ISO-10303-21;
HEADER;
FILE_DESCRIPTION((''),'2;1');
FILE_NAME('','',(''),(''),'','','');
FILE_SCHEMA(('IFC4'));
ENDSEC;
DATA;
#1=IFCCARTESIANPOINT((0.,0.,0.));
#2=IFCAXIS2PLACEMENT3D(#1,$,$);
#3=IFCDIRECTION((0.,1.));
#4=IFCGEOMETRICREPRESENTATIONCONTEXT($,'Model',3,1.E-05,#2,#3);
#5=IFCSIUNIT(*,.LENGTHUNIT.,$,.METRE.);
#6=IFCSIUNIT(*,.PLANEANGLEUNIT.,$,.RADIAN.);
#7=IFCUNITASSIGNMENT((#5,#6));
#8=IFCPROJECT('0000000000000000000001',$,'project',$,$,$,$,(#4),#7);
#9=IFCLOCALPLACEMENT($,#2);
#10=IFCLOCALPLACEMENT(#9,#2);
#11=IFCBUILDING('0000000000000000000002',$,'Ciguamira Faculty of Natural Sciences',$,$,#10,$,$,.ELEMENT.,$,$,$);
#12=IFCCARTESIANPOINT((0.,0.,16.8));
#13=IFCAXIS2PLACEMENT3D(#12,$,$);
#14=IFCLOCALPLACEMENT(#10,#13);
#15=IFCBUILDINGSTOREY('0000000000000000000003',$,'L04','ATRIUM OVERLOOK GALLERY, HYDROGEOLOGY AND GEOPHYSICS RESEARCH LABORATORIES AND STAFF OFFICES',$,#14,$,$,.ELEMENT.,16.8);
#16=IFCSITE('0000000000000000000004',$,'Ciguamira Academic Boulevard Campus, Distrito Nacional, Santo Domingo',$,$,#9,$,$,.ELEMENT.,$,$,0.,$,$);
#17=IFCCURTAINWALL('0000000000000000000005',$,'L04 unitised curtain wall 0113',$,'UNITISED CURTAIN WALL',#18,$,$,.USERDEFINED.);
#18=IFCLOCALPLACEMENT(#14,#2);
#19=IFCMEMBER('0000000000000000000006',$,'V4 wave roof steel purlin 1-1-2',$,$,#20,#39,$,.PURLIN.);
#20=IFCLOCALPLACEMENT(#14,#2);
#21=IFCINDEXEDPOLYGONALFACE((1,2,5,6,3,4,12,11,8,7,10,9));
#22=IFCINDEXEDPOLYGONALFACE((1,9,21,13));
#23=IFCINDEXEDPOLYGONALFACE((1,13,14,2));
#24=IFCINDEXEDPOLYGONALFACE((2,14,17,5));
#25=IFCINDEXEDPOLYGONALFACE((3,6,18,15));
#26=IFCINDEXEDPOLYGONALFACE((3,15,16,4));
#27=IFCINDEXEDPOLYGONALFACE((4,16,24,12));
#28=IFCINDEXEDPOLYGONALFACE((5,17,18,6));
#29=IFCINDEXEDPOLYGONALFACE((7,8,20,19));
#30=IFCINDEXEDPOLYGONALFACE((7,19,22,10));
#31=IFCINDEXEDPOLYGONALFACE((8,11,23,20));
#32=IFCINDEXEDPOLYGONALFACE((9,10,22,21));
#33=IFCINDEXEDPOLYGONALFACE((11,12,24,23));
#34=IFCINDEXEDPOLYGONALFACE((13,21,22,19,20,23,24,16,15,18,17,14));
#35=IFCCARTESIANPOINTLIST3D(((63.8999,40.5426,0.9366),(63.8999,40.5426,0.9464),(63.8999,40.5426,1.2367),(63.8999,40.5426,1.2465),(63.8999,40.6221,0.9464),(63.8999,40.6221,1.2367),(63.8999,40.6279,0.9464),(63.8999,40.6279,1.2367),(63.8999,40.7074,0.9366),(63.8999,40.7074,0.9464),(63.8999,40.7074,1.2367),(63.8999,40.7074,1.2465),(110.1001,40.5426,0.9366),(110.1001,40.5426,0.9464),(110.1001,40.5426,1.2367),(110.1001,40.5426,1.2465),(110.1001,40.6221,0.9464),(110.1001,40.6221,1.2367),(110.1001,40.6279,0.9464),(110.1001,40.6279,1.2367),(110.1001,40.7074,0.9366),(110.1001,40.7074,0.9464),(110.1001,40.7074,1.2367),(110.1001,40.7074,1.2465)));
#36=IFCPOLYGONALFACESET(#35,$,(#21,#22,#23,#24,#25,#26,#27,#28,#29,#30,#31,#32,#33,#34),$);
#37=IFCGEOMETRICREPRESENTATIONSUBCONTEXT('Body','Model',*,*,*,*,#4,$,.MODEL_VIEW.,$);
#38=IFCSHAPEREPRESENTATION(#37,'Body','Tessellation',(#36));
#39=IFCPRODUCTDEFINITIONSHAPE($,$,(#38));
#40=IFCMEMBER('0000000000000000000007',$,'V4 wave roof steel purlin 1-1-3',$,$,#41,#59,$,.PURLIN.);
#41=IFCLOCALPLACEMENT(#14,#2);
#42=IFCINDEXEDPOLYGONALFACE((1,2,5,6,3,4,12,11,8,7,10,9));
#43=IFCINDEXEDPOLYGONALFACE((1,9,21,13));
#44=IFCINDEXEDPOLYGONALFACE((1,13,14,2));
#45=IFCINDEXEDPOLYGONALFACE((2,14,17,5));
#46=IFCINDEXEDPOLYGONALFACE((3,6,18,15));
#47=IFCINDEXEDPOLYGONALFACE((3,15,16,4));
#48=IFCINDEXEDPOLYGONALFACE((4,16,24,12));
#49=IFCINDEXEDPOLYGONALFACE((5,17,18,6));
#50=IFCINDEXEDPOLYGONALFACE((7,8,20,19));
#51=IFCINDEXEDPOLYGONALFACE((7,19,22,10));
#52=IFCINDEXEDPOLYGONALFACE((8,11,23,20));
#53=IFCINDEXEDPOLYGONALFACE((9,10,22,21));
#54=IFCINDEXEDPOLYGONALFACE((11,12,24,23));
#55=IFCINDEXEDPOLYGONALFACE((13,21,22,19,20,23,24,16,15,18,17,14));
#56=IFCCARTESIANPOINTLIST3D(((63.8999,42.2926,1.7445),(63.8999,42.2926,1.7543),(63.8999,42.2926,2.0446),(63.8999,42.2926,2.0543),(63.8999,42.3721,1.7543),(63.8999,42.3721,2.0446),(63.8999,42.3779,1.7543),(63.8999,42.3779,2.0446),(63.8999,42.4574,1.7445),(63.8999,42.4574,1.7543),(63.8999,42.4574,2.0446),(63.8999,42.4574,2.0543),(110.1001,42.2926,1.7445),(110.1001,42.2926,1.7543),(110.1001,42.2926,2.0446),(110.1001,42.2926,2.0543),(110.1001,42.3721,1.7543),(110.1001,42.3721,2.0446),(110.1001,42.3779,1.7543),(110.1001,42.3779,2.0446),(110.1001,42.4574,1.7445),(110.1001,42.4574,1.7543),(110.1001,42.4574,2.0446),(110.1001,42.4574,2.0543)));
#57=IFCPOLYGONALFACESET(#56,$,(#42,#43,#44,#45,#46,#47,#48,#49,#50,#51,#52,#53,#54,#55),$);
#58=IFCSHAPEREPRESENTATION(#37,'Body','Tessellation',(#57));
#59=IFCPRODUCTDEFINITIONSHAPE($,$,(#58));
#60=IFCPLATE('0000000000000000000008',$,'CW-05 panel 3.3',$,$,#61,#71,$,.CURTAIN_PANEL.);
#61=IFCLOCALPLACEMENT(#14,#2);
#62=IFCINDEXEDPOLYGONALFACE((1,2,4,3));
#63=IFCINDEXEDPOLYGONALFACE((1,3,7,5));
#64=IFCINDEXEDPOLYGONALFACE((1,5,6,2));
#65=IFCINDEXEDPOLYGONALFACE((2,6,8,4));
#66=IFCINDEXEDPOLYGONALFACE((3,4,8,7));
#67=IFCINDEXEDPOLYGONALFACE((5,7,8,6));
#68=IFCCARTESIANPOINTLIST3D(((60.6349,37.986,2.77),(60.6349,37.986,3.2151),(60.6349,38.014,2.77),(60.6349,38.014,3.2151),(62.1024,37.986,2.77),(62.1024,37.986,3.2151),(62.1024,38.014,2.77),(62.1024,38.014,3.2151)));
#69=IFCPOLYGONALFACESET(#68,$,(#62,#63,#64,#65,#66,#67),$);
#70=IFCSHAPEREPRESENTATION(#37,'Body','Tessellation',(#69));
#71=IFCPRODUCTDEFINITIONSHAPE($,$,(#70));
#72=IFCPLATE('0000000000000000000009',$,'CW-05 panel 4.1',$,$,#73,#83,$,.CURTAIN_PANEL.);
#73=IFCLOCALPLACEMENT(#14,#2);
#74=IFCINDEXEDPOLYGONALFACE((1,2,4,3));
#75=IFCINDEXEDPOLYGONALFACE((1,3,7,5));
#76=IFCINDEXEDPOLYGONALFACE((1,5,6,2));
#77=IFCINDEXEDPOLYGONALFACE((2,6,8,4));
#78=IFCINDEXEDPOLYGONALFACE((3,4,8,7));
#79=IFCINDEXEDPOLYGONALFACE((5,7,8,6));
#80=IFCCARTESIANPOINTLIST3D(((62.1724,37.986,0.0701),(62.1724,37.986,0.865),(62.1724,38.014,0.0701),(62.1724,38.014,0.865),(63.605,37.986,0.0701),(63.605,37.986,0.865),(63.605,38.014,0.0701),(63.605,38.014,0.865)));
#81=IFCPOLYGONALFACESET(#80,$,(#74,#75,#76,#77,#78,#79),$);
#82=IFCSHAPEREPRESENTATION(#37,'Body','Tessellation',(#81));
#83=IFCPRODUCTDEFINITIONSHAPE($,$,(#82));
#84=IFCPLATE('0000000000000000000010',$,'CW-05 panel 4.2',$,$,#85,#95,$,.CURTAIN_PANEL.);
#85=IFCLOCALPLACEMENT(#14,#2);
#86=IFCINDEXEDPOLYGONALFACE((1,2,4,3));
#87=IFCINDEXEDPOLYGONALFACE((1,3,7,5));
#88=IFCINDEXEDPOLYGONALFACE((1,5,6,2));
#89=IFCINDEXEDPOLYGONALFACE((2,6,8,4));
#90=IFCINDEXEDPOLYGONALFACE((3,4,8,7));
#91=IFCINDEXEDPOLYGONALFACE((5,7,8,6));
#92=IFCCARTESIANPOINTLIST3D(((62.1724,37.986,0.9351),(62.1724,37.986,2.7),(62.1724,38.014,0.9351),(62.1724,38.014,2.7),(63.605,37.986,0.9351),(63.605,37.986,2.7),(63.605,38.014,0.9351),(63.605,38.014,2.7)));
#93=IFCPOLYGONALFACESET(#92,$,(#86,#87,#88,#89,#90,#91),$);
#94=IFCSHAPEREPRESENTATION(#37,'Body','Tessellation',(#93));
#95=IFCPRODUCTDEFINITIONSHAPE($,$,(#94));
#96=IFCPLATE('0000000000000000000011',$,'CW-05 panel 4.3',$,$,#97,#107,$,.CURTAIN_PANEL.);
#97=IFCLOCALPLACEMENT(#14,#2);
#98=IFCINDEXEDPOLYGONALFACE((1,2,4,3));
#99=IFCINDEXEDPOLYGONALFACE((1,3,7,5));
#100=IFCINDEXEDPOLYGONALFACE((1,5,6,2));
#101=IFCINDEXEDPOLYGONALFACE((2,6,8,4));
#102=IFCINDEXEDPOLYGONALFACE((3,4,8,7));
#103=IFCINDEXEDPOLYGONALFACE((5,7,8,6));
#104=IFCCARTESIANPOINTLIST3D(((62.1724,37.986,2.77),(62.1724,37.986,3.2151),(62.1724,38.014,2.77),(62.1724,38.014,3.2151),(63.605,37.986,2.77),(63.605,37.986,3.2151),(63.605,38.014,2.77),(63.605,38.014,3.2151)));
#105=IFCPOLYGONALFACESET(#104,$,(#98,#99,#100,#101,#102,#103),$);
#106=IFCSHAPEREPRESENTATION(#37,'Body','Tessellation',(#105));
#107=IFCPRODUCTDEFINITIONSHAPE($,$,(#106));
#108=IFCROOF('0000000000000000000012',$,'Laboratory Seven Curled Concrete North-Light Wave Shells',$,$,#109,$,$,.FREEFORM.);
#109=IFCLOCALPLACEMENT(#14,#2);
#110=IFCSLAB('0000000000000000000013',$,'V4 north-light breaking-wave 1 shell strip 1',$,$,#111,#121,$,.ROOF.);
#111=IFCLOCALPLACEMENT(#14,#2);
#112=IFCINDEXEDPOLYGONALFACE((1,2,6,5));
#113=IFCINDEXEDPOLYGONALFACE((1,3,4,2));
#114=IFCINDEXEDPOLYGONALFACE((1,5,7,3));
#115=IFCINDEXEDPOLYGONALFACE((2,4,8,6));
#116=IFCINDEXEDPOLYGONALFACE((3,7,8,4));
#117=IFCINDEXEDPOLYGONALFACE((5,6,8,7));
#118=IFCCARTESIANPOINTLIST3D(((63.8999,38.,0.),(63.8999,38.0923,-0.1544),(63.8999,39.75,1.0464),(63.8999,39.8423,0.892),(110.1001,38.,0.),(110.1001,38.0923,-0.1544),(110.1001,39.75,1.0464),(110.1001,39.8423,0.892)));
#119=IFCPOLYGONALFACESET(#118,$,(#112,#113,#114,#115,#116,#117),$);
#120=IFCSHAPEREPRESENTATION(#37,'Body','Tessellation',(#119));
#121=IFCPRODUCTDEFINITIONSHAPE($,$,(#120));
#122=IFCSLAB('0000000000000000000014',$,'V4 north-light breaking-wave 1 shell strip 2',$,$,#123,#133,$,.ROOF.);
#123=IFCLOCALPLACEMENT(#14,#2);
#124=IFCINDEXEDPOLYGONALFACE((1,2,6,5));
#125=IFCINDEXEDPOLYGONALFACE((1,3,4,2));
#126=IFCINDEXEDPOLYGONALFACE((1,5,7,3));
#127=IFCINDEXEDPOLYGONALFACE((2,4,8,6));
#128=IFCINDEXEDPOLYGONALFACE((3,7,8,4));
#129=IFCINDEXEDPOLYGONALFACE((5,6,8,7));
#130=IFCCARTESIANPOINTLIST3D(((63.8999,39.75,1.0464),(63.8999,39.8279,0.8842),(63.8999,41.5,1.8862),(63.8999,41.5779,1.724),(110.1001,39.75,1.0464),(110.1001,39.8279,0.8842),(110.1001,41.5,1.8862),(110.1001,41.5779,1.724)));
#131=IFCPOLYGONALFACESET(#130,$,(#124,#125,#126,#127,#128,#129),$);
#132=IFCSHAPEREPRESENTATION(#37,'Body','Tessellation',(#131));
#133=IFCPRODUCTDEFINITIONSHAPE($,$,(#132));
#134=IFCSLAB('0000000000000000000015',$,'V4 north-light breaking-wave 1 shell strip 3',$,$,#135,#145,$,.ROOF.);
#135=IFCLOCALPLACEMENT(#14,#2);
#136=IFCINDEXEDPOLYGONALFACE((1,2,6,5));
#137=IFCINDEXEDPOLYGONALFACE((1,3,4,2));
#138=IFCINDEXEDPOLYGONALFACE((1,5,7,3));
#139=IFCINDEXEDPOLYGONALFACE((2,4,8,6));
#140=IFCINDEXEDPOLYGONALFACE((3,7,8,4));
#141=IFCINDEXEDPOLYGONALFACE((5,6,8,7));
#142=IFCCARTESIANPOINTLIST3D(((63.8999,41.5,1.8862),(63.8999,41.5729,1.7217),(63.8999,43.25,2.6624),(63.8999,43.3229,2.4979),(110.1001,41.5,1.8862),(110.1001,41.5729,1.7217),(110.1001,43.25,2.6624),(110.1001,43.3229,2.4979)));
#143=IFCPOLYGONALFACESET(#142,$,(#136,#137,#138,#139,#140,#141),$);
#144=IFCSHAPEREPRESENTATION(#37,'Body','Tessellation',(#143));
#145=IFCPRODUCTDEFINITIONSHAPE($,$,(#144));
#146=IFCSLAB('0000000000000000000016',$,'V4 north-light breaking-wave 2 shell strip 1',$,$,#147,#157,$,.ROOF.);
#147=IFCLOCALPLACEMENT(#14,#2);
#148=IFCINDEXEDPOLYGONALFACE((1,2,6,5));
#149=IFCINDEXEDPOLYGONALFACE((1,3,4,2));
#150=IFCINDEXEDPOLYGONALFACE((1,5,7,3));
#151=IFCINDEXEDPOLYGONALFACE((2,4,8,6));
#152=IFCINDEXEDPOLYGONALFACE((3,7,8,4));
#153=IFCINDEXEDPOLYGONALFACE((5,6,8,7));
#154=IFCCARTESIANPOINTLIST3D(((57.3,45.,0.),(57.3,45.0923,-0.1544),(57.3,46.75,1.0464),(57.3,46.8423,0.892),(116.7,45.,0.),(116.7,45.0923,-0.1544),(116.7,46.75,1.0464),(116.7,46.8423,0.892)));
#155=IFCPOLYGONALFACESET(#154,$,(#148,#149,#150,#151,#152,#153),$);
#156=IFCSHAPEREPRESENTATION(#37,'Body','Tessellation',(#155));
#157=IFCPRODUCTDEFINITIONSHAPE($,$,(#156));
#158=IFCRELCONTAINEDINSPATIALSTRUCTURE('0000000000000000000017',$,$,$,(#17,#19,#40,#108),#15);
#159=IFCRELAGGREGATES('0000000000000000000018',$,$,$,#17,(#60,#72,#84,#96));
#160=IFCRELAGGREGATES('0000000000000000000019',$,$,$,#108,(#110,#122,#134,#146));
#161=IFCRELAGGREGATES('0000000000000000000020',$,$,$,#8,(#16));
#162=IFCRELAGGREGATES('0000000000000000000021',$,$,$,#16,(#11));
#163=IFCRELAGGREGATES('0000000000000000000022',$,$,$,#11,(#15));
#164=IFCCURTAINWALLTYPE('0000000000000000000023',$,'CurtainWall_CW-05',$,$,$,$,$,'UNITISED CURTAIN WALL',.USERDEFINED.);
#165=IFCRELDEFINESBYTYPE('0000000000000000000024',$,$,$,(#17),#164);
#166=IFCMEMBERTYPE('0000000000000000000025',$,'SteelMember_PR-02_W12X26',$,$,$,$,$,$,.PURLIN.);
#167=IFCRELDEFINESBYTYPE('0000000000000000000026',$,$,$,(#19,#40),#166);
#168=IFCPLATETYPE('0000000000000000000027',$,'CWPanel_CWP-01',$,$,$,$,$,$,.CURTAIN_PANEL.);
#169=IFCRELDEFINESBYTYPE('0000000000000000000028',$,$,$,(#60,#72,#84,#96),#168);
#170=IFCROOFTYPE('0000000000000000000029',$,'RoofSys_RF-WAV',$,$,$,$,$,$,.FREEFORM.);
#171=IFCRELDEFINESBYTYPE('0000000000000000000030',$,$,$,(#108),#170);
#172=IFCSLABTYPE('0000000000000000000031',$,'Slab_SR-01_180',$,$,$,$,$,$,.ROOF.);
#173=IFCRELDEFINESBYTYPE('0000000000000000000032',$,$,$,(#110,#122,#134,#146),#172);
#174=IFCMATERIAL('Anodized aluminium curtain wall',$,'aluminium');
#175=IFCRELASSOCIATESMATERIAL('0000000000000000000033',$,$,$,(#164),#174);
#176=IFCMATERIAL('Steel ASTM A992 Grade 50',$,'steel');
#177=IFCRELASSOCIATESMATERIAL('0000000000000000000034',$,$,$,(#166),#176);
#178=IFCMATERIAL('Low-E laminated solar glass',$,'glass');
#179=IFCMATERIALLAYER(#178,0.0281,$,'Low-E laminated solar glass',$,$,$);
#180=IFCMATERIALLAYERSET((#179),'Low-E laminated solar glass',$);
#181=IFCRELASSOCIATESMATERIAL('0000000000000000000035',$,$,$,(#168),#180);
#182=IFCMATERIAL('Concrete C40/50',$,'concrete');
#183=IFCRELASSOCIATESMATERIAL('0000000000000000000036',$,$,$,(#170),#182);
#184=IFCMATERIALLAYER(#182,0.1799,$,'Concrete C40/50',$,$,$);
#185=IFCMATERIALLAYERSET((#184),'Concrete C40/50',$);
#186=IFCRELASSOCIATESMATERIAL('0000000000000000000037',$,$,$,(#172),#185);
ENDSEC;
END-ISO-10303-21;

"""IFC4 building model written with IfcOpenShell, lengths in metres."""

from ifc_helpers import new_model, si_unit, direction, frame, origin, origin_2d, place, context, subcontext, project, spatial, polyline, rectangle, i_section, outline, extrude, material, layer, layer_set, material_profile, profile_set, type_object, element, aggregate, save


model = new_model("IFC4")

# Units and contexts
model_context = context("Model", 3, precision=1e-05, world=origin(), true_north=direction((0.0, 1.0)))
body_context = subcontext(model_context, "Body", "Model", "MODEL_VIEW")
ifc_project = project(units=[si_unit("LENGTHUNIT", "METRE"), si_unit("PLANEANGLEUNIT", "RADIAN")], contexts=[model_context])

# Site, building, storey
site_placement = place(None, origin())
site = spatial("IfcSite", under=ifc_project, at=site_placement, Name="Ciguamira Academic Boulevard Campus, Distrito Nacional, Santo Domingo", CompositionType="ELEMENT", RefElevation=0.0)
building_placement = place(site_placement, origin())
building = spatial("IfcBuilding", under=site, at=building_placement, Name="Ciguamira Faculty of Natural Sciences", CompositionType="ELEMENT")
storey_placement = place(building_placement, frame((0.0, 0.0, 16.8)))
storey = spatial("IfcBuildingStorey", under=building, at=storey_placement, Name="L04", Description="ATRIUM OVERLOOK GALLERY, HYDROGEOLOGY AND GEOPHYSICS RESEARCH LABORATORIES AND STAFF OFFICES", CompositionType="ELEMENT", Elevation=16.8)

# Shared definitions
ifc_material_1 = material(Name="Concrete C40/50", Category="concrete")

# Curtain wall
ifc_material_2 = material(Name="Anodized aluminium curtain wall", Category="aluminium")
curtain_wall_type = type_object("IfcCurtainWallType", Name="CurtainWall_CW-05", ElementType="UNITISED CURTAIN WALL", PredefinedType="USERDEFINED", material=ifc_material_2)
curtain_wall_placement = place(storey_placement, origin())
curtain_wall = element("IfcCurtainWall", 1, at=curtain_wall_placement, inside=storey, type_object=curtain_wall_type, Name="L04 unitised curtain wall 0113", ObjectType="UNITISED CURTAIN WALL", PredefinedType="USERDEFINED")

# Members
ifc_material_3 = material(Name="Steel ASTM A992 Grade 50", Category="steel")
ifc_material_profile_1 = material_profile(ifc_material_3, i_section(OverallWidth=0.1648, OverallDepth=0.3098, WebThickness=0.0059, FlangeThickness=0.0098, at=origin_2d()), Name="W12X26")
ifc_profile_set_1 = profile_set([ifc_material_profile_1], Name="Steel ASTM A992 Grade 50")
member_type_1 = type_object("IfcMemberType", Name="SteelMember_PR-02_W12X26", PredefinedType="PURLIN", material=ifc_profile_set_1)
for number, where, z_axis, x_axis, name in (
    (2, (63.8999, 40.625, 1.0916), (1.0, 0.0, 0.0), (0.0, 1.0, 0.0), "V4 wave roof steel purlin 1-1-2"),
    (3, (63.8999, 42.375, 1.8994), (1.0, 0.0, 0.0), (0.0, 1.0, 0.0), "V4 wave roof steel purlin 1-1-3"),
):
    element("IfcMember", number, at=place(storey_placement, frame(where, z_axis=z_axis, x_axis=x_axis)), inside=storey, type_object=member_type_1, Name=name, PredefinedType="PURLIN", context=body_context, shape_type="SweptSolid", body=[
        extrude(i_section(OverallWidth=0.1648, OverallDepth=0.3098, WebThickness=0.0059, FlangeThickness=0.0098, at=origin_2d()), origin(), (0.0, 0.0, 1.0), 46.2002),
    ])

# Plates
ifc_material_4 = material(Name="Low-E laminated solar glass", Category="glass")
ifc_layer_1 = layer(ifc_material_4, 0.0281, Name="Low-E laminated solar glass")
ifc_layer_set_1 = layer_set([ifc_layer_1], Name="Low-E laminated solar glass")
plate_type = type_object("IfcPlateType", Name="CWPanel_CWP-01", PredefinedType="CURTAIN_PANEL", material=ifc_layer_set_1)
plate_1_placement = place(storey_placement, frame((61.3687, 38.0, 2.77), z_axis=(0.0, 0.0, 1.0), x_axis=(1.0, 0.0, 0.0)))
plate_1 = element("IfcPlate", 4, at=plate_1_placement, type_object=plate_type, Name="CW-05 panel 3.3", PredefinedType="CURTAIN_PANEL", context=body_context, shape_type="SweptSolid", body=[
    extrude(rectangle(XDim=1.4675, YDim=0.0281, at=origin_2d()), origin(), (0.0, 0.0, 1.0), 0.4451),
])
plate_2_placement = place(storey_placement, frame((62.8887, 38.0, 0.0701), z_axis=(0.0, 0.0, 1.0), x_axis=(1.0, 0.0, 0.0)))
plate_2 = element("IfcPlate", 5, at=plate_2_placement, type_object=plate_type, Name="CW-05 panel 4.1", PredefinedType="CURTAIN_PANEL", context=body_context, shape_type="SweptSolid", body=[
    extrude(rectangle(XDim=1.4326, YDim=0.0281, at=origin_2d()), origin(), (0.0, 0.0, 1.0), 0.7949),
])
plate_3_placement = place(storey_placement, frame((62.8887, 38.0, 0.9351), z_axis=(0.0, 0.0, 1.0), x_axis=(1.0, 0.0, 0.0)))
plate_3 = element("IfcPlate", 6, at=plate_3_placement, type_object=plate_type, Name="CW-05 panel 4.2", PredefinedType="CURTAIN_PANEL", context=body_context, shape_type="SweptSolid", body=[
    extrude(rectangle(XDim=1.4326, YDim=0.0281, at=origin_2d()), origin(), (0.0, 0.0, 1.0), 1.7649),
])
plate_4_placement = place(storey_placement, frame((62.8887, 38.0, 2.77), z_axis=(0.0, 0.0, 1.0), x_axis=(1.0, 0.0, 0.0)))
plate_4 = element("IfcPlate", 7, at=plate_4_placement, type_object=plate_type, Name="CW-05 panel 4.3", PredefinedType="CURTAIN_PANEL", context=body_context, shape_type="SweptSolid", body=[
    extrude(rectangle(XDim=1.4326, YDim=0.0281, at=origin_2d()), origin(), (0.0, 0.0, 1.0), 0.4451),
])
aggregate(curtain_wall, [plate_1, plate_2, plate_3, plate_4])

# Roof, slabs
roof_type = type_object("IfcRoofType", Name="RoofSys_RF-WAV", PredefinedType="FREEFORM", material=ifc_material_1)
roof_placement = place(storey_placement, origin())
roof = element("IfcRoof", 8, at=roof_placement, inside=storey, type_object=roof_type, Name="Laboratory Seven Curled Concrete North-Light Wave Shells", PredefinedType="FREEFORM")
ifc_layer_2 = layer(ifc_material_1, 0.1799, Name="Concrete C40/50")
ifc_layer_set_2 = layer_set([ifc_layer_2], Name="Concrete C40/50")
slab_type = type_object("IfcSlabType", Name="Slab_SR-01_180", PredefinedType="ROOF", material=ifc_layer_set_2)
slab_1_placement = place(storey_placement, frame((63.8999, 38.0, 0.0), z_axis=(0.0, -0.513192, 0.858274), x_axis=(1.0, 0.0, 0.0)))
slab_1 = element("IfcSlab", 9, at=slab_1_placement, type_object=slab_type, Name="V4 north-light breaking-wave 1 shell strip 1", PredefinedType="ROOF", context=body_context, shape_type="SweptSolid", body=[
    extrude(outline(polyline([(0.0, 0.0), (46.2002, 0.0), (46.2002, 2.039), (0.0, 2.039), (0.0, 0.0)])), origin(), (0.0, 0.0, -1.0), 0.1799),
])
slab_2_placement = place(storey_placement, frame((63.8999, 39.75, 1.0464), z_axis=(0.0, -0.432666, 0.901554), x_axis=(1.0, 0.0, 0.0)))
slab_2 = element("IfcSlab", 10, at=slab_2_placement, type_object=slab_type, Name="V4 north-light breaking-wave 1 shell strip 2", PredefinedType="ROOF", context=body_context, shape_type="SweptSolid", body=[
    extrude(outline(polyline([(0.0, 0.0), (46.2002, 0.0), (46.2002, 1.9411), (0.0, 1.9411), (0.0, 0.0)])), origin(), (0.0, 0.0, -1.0), 0.1799),
])
slab_3_placement = place(storey_placement, frame((63.8999, 41.5, 1.8862), z_axis=(0.0, -0.405417, 0.914132), x_axis=(1.0, 0.0, 0.0)))
slab_3 = element("IfcSlab", 11, at=slab_3_placement, type_object=slab_type, Name="V4 north-light breaking-wave 1 shell strip 3", PredefinedType="ROOF", context=body_context, shape_type="SweptSolid", body=[
    extrude(outline(polyline([(0.0, 0.0), (46.2002, 0.0), (46.2002, 1.9144), (0.0, 1.9144), (0.0, 0.0)])), origin(), (0.0, 0.0, -1.0), 0.1799),
])
slab_4_placement = place(storey_placement, frame((57.3, 45.0, 0.0), z_axis=(0.0, -0.513192, 0.858274), x_axis=(1.0, 0.0, 0.0)))
slab_4 = element("IfcSlab", 12, at=slab_4_placement, type_object=slab_type, Name="V4 north-light breaking-wave 2 shell strip 1", PredefinedType="ROOF", context=body_context, shape_type="SweptSolid", body=[
    extrude(outline(polyline([(0.0, 0.0), (59.3999, 0.0), (59.3999, 2.039), (0.0, 2.039), (0.0, 0.0)])), origin(), (0.0, 0.0, -1.0), 0.1799),
])
aggregate(roof, [slab_1, slab_2, slab_3, slab_4])

save(model, "model.ifc")
